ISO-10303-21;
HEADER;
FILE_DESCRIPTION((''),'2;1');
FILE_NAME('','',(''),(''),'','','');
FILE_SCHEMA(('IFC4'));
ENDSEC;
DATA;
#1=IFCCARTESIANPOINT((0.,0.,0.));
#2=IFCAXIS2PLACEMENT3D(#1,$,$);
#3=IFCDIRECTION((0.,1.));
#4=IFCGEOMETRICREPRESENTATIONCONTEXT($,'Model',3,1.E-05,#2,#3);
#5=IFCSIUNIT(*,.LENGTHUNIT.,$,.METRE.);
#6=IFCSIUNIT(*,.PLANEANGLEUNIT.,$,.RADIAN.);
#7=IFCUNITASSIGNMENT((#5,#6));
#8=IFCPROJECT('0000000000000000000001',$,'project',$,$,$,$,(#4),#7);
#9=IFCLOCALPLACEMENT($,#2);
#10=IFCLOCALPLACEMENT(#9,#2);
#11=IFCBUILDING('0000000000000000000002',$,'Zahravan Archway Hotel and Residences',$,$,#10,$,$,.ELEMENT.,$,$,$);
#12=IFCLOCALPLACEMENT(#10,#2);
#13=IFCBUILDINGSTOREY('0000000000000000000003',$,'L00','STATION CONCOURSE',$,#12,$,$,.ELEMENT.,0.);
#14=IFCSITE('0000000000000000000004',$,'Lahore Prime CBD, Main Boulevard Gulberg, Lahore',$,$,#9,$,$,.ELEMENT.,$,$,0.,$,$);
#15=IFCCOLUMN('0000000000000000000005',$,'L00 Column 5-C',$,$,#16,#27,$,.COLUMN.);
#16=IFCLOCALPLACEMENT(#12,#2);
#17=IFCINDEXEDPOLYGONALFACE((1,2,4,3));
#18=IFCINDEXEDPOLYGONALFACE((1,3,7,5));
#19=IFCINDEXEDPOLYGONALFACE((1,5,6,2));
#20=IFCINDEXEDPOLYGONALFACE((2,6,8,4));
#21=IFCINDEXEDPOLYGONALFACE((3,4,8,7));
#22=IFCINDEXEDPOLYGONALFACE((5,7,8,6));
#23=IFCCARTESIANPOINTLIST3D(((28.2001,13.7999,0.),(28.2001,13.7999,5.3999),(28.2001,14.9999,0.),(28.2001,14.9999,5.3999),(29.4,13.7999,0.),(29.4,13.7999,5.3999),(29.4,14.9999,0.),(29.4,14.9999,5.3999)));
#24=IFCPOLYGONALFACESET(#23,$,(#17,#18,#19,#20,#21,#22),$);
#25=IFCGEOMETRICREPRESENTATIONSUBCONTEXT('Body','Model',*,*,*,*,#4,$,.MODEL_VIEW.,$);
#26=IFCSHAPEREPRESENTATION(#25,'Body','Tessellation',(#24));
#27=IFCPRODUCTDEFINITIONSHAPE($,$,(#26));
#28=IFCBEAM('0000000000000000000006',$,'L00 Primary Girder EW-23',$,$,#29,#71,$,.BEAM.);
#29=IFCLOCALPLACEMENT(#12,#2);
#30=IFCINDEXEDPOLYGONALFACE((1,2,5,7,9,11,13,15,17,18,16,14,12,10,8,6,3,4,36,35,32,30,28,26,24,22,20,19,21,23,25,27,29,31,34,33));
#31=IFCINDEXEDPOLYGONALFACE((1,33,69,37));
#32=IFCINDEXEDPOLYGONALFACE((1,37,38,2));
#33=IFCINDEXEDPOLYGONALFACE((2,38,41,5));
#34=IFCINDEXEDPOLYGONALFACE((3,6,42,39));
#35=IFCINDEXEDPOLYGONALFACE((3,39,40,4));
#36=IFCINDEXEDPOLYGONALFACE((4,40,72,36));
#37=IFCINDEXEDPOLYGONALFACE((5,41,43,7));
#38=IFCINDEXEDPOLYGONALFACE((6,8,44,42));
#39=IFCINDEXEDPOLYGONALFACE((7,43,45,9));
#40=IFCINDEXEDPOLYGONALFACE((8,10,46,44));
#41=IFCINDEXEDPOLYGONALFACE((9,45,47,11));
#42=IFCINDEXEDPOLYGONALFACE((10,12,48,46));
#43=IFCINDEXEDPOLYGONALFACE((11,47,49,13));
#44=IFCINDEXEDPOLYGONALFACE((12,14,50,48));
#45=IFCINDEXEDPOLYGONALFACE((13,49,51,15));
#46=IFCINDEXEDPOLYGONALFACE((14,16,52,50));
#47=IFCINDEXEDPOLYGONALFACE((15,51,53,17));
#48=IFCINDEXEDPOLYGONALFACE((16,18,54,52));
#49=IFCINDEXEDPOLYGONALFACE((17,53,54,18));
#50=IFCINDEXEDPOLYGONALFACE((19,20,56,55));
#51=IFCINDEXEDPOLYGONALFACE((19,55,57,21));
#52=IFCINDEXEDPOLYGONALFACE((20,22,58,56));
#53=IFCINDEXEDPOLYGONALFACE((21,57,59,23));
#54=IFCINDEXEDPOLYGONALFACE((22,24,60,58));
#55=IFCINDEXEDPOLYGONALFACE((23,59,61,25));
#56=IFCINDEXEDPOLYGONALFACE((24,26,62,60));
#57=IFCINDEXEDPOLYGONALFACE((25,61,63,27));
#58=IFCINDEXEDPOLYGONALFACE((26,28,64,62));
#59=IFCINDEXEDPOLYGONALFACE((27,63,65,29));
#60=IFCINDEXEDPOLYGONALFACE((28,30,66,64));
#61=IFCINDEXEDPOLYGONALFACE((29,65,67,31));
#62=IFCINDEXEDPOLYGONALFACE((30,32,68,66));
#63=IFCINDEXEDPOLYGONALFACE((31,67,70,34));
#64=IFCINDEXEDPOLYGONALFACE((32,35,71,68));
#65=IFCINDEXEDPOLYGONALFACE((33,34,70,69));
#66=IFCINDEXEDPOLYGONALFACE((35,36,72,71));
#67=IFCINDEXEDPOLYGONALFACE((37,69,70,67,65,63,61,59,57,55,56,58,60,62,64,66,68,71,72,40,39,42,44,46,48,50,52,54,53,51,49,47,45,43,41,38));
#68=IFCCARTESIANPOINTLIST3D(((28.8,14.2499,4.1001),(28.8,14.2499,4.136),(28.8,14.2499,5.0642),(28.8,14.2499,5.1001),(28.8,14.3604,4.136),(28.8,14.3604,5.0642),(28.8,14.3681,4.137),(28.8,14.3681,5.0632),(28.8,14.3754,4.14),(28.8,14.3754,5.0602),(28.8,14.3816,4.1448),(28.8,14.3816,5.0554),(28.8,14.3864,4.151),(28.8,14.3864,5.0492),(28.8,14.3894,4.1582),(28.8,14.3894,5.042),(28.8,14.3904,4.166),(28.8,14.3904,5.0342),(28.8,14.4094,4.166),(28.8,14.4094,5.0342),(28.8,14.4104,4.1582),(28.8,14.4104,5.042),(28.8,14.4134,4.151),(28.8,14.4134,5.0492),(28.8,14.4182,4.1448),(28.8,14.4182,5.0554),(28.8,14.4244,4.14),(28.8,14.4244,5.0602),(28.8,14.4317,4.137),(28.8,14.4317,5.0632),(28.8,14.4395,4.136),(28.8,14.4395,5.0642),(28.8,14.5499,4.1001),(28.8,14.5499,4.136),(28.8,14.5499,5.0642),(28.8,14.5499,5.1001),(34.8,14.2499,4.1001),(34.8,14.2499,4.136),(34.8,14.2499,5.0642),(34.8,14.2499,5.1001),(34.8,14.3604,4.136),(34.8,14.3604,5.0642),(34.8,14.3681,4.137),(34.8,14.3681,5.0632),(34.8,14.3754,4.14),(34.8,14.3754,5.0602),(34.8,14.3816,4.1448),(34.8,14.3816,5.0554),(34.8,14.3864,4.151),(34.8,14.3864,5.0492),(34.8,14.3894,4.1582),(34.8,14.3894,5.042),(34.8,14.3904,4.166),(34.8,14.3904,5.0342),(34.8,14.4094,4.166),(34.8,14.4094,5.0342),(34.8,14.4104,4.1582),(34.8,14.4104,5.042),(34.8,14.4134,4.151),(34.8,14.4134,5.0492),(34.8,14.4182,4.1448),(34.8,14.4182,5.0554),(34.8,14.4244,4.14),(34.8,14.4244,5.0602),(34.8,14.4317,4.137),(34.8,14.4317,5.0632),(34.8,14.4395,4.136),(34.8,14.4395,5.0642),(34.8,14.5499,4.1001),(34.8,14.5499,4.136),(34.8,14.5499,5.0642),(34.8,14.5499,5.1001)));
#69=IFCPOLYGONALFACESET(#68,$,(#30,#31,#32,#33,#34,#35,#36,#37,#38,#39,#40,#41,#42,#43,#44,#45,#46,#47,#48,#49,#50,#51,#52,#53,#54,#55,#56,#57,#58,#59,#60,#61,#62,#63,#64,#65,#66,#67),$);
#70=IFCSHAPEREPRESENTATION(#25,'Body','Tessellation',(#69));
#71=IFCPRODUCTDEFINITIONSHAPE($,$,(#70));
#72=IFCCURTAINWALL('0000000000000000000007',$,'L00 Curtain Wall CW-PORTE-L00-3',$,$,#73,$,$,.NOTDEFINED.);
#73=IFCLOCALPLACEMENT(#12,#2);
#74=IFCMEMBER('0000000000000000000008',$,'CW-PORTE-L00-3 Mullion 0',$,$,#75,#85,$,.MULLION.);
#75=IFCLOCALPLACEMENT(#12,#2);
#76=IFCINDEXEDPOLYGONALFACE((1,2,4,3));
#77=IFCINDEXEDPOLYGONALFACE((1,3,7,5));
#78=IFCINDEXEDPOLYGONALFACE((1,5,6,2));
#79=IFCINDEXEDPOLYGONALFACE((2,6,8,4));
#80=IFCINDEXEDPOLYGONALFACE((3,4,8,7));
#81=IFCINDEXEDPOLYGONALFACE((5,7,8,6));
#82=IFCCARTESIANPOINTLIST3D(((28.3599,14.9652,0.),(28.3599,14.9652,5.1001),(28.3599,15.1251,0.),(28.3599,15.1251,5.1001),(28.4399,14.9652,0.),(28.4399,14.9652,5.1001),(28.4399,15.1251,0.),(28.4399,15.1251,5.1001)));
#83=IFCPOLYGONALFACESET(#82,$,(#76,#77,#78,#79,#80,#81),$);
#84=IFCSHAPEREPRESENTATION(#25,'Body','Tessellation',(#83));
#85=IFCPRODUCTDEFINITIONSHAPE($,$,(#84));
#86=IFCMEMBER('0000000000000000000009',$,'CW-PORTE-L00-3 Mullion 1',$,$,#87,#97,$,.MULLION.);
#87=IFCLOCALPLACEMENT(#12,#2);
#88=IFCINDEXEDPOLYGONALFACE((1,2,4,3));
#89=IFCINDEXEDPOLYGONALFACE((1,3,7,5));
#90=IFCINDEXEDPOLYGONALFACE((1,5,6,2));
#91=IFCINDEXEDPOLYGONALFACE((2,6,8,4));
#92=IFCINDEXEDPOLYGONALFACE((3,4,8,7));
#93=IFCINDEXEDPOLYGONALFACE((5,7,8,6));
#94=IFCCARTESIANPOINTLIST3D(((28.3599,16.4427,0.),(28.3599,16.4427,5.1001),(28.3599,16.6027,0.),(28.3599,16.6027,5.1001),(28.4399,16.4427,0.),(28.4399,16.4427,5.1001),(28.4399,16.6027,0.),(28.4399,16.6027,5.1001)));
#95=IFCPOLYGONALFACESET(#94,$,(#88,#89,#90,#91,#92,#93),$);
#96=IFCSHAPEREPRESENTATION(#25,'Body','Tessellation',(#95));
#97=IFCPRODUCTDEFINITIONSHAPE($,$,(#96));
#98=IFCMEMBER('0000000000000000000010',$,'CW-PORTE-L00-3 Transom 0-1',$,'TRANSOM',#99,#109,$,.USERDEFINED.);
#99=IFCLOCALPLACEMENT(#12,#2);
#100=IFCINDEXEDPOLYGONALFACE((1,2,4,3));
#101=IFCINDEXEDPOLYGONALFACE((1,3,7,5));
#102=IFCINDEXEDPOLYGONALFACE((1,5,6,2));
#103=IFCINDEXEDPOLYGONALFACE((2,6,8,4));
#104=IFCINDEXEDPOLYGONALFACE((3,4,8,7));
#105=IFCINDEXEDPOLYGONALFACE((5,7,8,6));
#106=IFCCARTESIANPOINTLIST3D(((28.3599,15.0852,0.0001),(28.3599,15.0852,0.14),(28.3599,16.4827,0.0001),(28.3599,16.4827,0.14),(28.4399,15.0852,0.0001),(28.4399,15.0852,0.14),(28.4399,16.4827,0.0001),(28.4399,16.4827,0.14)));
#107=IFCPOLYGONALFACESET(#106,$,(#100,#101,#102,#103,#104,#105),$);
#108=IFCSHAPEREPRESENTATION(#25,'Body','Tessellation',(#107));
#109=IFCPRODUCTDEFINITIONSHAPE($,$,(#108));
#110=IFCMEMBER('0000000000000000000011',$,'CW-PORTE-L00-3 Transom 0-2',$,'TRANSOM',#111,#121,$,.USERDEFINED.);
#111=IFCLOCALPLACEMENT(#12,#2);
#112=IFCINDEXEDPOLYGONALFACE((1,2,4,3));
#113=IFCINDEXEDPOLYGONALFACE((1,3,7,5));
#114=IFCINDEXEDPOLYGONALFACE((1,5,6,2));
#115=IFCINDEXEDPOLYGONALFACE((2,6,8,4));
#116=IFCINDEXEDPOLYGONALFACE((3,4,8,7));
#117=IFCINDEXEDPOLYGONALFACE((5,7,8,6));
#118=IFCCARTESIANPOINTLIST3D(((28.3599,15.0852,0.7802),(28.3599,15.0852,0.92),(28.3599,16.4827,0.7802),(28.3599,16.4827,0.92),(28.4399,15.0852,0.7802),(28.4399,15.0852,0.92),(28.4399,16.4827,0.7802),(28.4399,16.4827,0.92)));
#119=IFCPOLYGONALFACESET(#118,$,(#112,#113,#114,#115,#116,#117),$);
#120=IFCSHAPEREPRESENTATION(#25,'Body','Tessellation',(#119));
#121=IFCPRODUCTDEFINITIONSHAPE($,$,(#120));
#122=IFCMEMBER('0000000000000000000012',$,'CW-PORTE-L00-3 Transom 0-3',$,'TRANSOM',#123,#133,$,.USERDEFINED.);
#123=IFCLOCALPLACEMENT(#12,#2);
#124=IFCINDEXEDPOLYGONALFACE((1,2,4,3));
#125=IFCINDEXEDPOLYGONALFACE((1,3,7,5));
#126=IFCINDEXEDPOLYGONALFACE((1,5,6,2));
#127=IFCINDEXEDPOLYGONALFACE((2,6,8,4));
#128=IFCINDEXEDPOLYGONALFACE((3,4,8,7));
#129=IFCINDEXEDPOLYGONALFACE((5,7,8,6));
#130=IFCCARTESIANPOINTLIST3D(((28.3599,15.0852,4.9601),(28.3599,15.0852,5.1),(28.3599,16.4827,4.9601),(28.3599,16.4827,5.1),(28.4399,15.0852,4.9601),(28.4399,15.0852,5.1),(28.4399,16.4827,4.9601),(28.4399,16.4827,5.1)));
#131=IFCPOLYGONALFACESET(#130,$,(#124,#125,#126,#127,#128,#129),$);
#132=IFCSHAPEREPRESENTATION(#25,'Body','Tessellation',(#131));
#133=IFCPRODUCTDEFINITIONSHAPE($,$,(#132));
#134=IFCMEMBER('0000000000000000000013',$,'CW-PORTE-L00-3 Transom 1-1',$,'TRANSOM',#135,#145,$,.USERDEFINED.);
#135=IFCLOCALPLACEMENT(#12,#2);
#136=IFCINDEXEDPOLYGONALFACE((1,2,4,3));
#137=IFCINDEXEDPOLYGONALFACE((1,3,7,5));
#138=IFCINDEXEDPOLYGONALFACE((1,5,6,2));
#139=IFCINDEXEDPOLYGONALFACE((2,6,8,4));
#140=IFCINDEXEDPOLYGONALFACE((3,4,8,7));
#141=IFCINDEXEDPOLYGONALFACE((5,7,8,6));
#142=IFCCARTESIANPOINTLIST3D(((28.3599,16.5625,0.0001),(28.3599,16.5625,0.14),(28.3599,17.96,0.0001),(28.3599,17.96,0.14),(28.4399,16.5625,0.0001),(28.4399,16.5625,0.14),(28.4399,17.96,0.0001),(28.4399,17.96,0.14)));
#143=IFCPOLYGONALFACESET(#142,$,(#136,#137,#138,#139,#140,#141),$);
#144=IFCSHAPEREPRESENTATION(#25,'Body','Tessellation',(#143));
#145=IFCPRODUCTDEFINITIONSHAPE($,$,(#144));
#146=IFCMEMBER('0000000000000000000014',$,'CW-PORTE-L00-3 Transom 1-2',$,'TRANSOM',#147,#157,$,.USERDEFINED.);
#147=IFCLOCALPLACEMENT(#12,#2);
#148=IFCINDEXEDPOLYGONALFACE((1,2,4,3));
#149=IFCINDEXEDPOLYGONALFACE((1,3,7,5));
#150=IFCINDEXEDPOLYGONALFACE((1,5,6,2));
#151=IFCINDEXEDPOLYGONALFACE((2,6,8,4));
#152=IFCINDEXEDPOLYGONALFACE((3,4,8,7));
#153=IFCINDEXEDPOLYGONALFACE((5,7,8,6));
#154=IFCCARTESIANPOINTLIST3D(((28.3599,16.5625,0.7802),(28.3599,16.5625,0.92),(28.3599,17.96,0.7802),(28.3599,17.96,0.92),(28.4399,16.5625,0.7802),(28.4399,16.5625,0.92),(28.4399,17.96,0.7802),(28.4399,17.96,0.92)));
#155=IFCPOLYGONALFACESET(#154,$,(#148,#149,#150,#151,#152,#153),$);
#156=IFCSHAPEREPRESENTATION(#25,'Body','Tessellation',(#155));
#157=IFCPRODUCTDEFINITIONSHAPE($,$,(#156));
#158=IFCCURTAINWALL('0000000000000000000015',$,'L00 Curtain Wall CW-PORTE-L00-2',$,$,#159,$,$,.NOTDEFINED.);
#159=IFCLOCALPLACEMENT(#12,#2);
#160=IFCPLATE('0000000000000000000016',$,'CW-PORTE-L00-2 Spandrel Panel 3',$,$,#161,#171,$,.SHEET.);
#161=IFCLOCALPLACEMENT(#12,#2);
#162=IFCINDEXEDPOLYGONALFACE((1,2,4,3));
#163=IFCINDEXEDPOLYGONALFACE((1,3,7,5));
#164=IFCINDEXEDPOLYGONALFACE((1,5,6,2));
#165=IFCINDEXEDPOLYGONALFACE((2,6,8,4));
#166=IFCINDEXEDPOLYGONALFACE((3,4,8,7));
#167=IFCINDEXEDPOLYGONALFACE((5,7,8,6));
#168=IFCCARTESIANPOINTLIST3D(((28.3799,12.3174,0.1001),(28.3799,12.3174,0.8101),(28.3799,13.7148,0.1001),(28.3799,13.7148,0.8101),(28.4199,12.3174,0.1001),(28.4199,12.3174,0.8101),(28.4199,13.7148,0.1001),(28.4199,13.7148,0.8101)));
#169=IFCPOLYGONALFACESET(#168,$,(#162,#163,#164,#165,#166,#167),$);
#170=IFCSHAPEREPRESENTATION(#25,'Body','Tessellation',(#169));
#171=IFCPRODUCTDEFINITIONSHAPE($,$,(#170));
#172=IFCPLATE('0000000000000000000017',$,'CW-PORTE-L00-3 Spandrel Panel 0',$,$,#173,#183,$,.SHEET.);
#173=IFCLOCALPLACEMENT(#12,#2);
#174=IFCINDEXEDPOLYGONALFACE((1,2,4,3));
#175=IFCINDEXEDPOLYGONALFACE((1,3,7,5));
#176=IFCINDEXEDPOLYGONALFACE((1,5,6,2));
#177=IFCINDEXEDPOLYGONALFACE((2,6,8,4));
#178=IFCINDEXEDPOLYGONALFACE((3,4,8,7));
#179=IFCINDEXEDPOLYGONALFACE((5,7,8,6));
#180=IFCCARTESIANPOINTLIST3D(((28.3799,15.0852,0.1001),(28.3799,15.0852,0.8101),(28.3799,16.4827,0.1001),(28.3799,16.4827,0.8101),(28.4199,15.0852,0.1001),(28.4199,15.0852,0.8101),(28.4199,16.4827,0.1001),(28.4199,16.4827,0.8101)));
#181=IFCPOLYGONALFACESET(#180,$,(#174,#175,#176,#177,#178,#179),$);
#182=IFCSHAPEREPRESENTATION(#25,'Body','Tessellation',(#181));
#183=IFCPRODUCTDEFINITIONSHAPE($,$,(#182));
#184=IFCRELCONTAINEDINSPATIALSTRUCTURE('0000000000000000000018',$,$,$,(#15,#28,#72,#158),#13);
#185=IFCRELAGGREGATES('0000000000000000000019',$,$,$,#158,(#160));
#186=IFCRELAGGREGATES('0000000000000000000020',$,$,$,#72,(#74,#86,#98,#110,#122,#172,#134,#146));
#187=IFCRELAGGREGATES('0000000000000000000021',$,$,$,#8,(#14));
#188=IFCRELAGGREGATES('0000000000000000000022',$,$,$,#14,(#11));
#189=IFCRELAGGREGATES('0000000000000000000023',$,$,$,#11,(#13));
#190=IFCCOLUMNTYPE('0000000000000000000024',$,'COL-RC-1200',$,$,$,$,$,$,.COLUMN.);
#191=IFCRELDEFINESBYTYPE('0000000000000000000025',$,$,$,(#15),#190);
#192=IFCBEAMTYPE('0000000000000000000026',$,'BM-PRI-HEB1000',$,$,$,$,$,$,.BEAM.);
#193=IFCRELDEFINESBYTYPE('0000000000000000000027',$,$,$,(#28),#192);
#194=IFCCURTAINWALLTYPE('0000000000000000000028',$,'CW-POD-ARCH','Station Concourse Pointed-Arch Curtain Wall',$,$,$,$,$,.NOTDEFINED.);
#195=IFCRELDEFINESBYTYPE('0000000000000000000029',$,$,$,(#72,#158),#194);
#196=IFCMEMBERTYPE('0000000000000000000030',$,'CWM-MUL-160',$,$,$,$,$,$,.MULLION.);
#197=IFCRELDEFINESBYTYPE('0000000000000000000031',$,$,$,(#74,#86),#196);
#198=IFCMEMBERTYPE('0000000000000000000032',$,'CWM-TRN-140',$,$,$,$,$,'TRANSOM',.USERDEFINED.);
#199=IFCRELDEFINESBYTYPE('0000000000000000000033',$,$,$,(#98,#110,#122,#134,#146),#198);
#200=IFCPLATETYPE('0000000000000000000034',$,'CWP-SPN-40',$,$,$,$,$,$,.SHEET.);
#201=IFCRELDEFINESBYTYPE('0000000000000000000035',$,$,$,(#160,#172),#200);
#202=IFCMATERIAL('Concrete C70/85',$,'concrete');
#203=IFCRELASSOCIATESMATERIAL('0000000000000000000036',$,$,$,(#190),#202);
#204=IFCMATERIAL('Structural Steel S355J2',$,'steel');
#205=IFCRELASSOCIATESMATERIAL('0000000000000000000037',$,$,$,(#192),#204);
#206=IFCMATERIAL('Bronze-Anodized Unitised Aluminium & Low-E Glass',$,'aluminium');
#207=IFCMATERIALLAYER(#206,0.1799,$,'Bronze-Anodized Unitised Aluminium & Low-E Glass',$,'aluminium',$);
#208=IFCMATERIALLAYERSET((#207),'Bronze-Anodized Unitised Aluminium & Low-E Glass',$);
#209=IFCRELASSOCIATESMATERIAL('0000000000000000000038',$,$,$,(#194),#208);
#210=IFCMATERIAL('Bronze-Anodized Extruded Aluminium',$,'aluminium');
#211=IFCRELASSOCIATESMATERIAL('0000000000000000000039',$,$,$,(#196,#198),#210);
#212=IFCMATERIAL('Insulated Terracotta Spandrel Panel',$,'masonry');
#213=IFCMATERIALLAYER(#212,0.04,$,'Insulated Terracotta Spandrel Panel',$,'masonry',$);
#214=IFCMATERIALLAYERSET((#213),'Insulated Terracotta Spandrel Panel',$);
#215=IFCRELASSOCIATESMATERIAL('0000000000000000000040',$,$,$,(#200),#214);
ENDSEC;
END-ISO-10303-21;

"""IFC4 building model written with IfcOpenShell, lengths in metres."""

from ifc_helpers import new_model, si_unit, direction, frame, origin, origin_2d, place, context, subcontext, project, spatial, rectangle, i_section, extrude, source, transform, mapped, material, layer, layer_set, material_profile, profile_set, type_object, element, aggregate, save


model = new_model("IFC4")

# Units and contexts
model_context = context("Model", 3, precision=1e-05, world=origin(), true_north=direction((0.0, 1.0)))
body_context = subcontext(model_context, "Body", "Model", "MODEL_VIEW")
ifc_project = project(units=[si_unit("LENGTHUNIT", "METRE"), si_unit("PLANEANGLEUNIT", "RADIAN")], contexts=[model_context])

# Site, building, storey
site_placement = place(None, origin())
site = spatial("IfcSite", under=ifc_project, at=site_placement, Name="Lahore Prime CBD, Main Boulevard Gulberg, Lahore", CompositionType="ELEMENT", RefElevation=0.0)
building_placement = place(site_placement, origin())
building = spatial("IfcBuilding", under=site, at=building_placement, Name="Zahravan Archway Hotel and Residences", CompositionType="ELEMENT")
storey_placement = place(building_placement, origin())
storey = spatial("IfcBuildingStorey", under=building, at=storey_placement, Name="L00", Description="STATION CONCOURSE", CompositionType="ELEMENT", Elevation=0.0)

# Column
ifc_material_1 = material(Name="Concrete C70/85", Category="concrete")
ifc_material_profile_1 = material_profile(ifc_material_1, rectangle(XDim=1.2, YDim=1.2, at=origin_2d()), Name="RC-COL-1200x1200", Category="concrete")
ifc_profile_set_1 = profile_set([ifc_material_profile_1], Name="Concrete C70/85")
column_type = type_object("IfcColumnType", Name="COL-RC-1200", PredefinedType="COLUMN", material=ifc_profile_set_1)
shared_shape_1 = source(origin(), body_context, "Body", "SweptSolid", [
    extrude(rectangle(XDim=1.2, YDim=1.2, at=origin_2d()), origin(), (0.0, 0.0, 1.0), 5.3999),
])
column_placement = place(storey_placement, frame((28.8, 14.3999, 0.0), z_axis=(0.0, 0.0, 1.0), x_axis=(1.0, 0.0, 0.0)))
element("IfcColumn", 1, at=column_placement, inside=storey, type_object=column_type, Name="L00 Column 5-C", PredefinedType="COLUMN", context=body_context, shape_type="MappedRepresentation", body=[
    mapped(shared_shape_1, transform((0.0, 0.0, 0.0), scale=1.0)),
])

# Beam
ifc_material_2 = material(Name="Structural Steel S355J2", Category="steel")
ifc_material_profile_2 = material_profile(ifc_material_2, i_section(OverallWidth=0.3, OverallDepth=1.0, WebThickness=0.019, FlangeThickness=0.0359, FilletRadius=0.03, at=origin_2d()), Name="HEB 1000", Category="steel")
ifc_profile_set_2 = profile_set([ifc_material_profile_2], Name="Structural Steel S355J2")
beam_type = type_object("IfcBeamType", Name="BM-PRI-HEB1000", PredefinedType="BEAM", material=ifc_profile_set_2)
shared_shape_2 = source(origin(), body_context, "Body", "SweptSolid", [
    extrude(i_section(OverallWidth=0.3, OverallDepth=1.0, WebThickness=0.019, FlangeThickness=0.0359, FilletRadius=0.03, at=origin_2d()), origin(), (0.0, 0.0, 1.0), 6.0),
])
beam_placement = place(storey_placement, frame((28.8, 14.3999, 4.6001), z_axis=(1.0, 0.0, 0.0), x_axis=(0.0, 1.0, 0.0)))
element("IfcBeam", 2, at=beam_placement, inside=storey, type_object=beam_type, Name="L00 Primary Girder EW-23", PredefinedType="BEAM", context=body_context, shape_type="MappedRepresentation", body=[
    mapped(shared_shape_2, transform((0.0, 0.0, 0.0), scale=1.0)),
])

# Curtain wall, members
ifc_material_3 = material(Name="Bronze-Anodized Unitised Aluminium & Low-E Glass", Category="aluminium")
ifc_layer_1 = layer(ifc_material_3, 0.1799, Name="Bronze-Anodized Unitised Aluminium & Low-E Glass", Category="aluminium")
ifc_layer_set_1 = layer_set([ifc_layer_1], Name="Bronze-Anodized Unitised Aluminium & Low-E Glass")
curtain_wall_type = type_object("IfcCurtainWallType", Name="CW-POD-ARCH", Description="Station Concourse Pointed-Arch Curtain Wall", PredefinedType="NOTDEFINED", material=ifc_layer_set_1)
curtain_wall_1_placement = place(storey_placement, origin())
curtain_wall_1 = element("IfcCurtainWall", 3, at=curtain_wall_1_placement, inside=storey, type_object=curtain_wall_type, Name="L00 Curtain Wall CW-PORTE-L00-3", PredefinedType="NOTDEFINED")
ifc_material_4 = material(Name="Bronze-Anodized Extruded Aluminium", Category="aluminium")
ifc_material_profile_3 = material_profile(ifc_material_4, rectangle(XDim=0.0801, YDim=0.1599, at=origin_2d()), Name="MUL 80x160", Category="aluminium")
ifc_profile_set_3 = profile_set([ifc_material_profile_3], Name="Bronze-Anodized Extruded Aluminium")
member_type_1 = type_object("IfcMemberType", Name="CWM-MUL-160", PredefinedType="MULLION", material=ifc_profile_set_3)
shared_shape_3 = source(origin(), body_context, "Body", "SweptSolid", [
    extrude(rectangle(XDim=0.0801, YDim=0.1599, at=origin_2d()), origin(), (0.0, 0.0, 1.0), 5.1001),
])
member_1_placement = place(storey_placement, frame((28.3999, 15.0452, 0.0), z_axis=(0.0, 0.0, 1.0), x_axis=(1.0, 0.0, 0.0)))
member_1 = element("IfcMember", 4, at=member_1_placement, type_object=member_type_1, Name="CW-PORTE-L00-3 Mullion 0", PredefinedType="MULLION", context=body_context, shape_type="MappedRepresentation", body=[
    mapped(shared_shape_3, transform((0.0, 0.0, 0.0), scale=1.0)),
])
member_2_placement = place(storey_placement, frame((28.3999, 16.5227, 0.0), z_axis=(0.0, 0.0, 1.0), x_axis=(1.0, 0.0, 0.0)))
member_2 = element("IfcMember", 5, at=member_2_placement, type_object=member_type_1, Name="CW-PORTE-L00-3 Mullion 1", PredefinedType="MULLION", context=body_context, shape_type="MappedRepresentation", body=[
    mapped(shared_shape_3, transform((0.0, 0.0, 0.0), scale=1.0)),
])
ifc_material_profile_4 = material_profile(ifc_material_4, rectangle(XDim=0.0801, YDim=0.1399, at=origin_2d()), Name="TRN 80x140", Category="aluminium")
ifc_profile_set_4 = profile_set([ifc_material_profile_4], Name="Bronze-Anodized Extruded Aluminium")
member_type_2 = type_object("IfcMemberType", Name="CWM-TRN-140", ElementType="TRANSOM", PredefinedType="USERDEFINED", material=ifc_profile_set_4)
shared_shape_4 = source(origin(), body_context, "Body", "SweptSolid", [
    extrude(rectangle(XDim=0.0801, YDim=0.1399, at=origin_2d()), origin(), (0.0, 0.0, 1.0), 1.3975),
])
member_3_placement = place(storey_placement, frame((28.3999, 15.0852, 0.0701), z_axis=(0.0, 1.0, 0.0), x_axis=(-1.0, 0.0, 0.0)))
member_3 = element("IfcMember", 6, at=member_3_placement, type_object=member_type_2, Name="CW-PORTE-L00-3 Transom 0-1", ObjectType="TRANSOM", PredefinedType="USERDEFINED", context=body_context, shape_type="MappedRepresentation", body=[
    mapped(shared_shape_4, transform((0.0, 0.0, 0.0), scale=1.0)),
])
member_4_placement = place(storey_placement, frame((28.3999, 15.0852, 0.8501), z_axis=(0.0, 1.0, 0.0), x_axis=(-1.0, 0.0, 0.0)))
member_4 = element("IfcMember", 7, at=member_4_placement, type_object=member_type_2, Name="CW-PORTE-L00-3 Transom 0-2", ObjectType="TRANSOM", PredefinedType="USERDEFINED", context=body_context, shape_type="MappedRepresentation", body=[
    mapped(shared_shape_4, transform((0.0, 0.0, 0.0), scale=1.0)),
])
member_5_placement = place(storey_placement, frame((28.3999, 15.0852, 5.03), z_axis=(0.0, 1.0, 0.0), x_axis=(-1.0, 0.0, 0.0)))
member_5 = element("IfcMember", 8, at=member_5_placement, type_object=member_type_2, Name="CW-PORTE-L00-3 Transom 0-3", ObjectType="TRANSOM", PredefinedType="USERDEFINED", context=body_context, shape_type="MappedRepresentation", body=[
    mapped(shared_shape_4, transform((0.0, 0.0, 0.0), scale=1.0)),
])
member_6_placement = place(storey_placement, frame((28.3999, 16.5625, 0.0701), z_axis=(0.0, 1.0, 0.0), x_axis=(-1.0, 0.0, 0.0)))
member_6 = element("IfcMember", 9, at=member_6_placement, type_object=member_type_2, Name="CW-PORTE-L00-3 Transom 1-1", ObjectType="TRANSOM", PredefinedType="USERDEFINED", context=body_context, shape_type="MappedRepresentation", body=[
    mapped(shared_shape_4, transform((0.0, 0.0, 0.0), scale=1.0)),
])
member_7_placement = place(storey_placement, frame((28.3999, 16.5625, 0.8501), z_axis=(0.0, 1.0, 0.0), x_axis=(-1.0, 0.0, 0.0)))
member_7 = element("IfcMember", 10, at=member_7_placement, type_object=member_type_2, Name="CW-PORTE-L00-3 Transom 1-2", ObjectType="TRANSOM", PredefinedType="USERDEFINED", context=body_context, shape_type="MappedRepresentation", body=[
    mapped(shared_shape_4, transform((0.0, 0.0, 0.0), scale=1.0)),
])

# Curtain wall, plate
curtain_wall_2_placement = place(storey_placement, origin())
curtain_wall_2 = element("IfcCurtainWall", 11, at=curtain_wall_2_placement, inside=storey, type_object=curtain_wall_type, Name="L00 Curtain Wall CW-PORTE-L00-2", PredefinedType="NOTDEFINED")
ifc_material_5 = material(Name="Insulated Terracotta Spandrel Panel", Category="masonry")
ifc_layer_2 = layer(ifc_material_5, 0.04, Name="Insulated Terracotta Spandrel Panel", Category="masonry")
ifc_layer_set_2 = layer_set([ifc_layer_2], Name="Insulated Terracotta Spandrel Panel")
plate_type_1 = type_object("IfcPlateType", Name="CWP-SPN-40", PredefinedType="SHEET", material=ifc_layer_set_2)
shared_shape_5 = source(origin(), body_context, "Body", "SweptSolid", [
    extrude(rectangle(XDim=1.3975, YDim=0.04, at=origin_2d()), origin(), (0.0, 0.0, 1.0), 0.71),
])
plate_1_placement = place(storey_placement, frame((28.3999, 13.0161, 0.1001), z_axis=(0.0, 0.0, 1.0), x_axis=(0.0, 1.0, 0.0)))
plate_1 = element("IfcPlate", 12, at=plate_1_placement, type_object=plate_type_1, Name="CW-PORTE-L00-2 Spandrel Panel 3", PredefinedType="SHEET", context=body_context, shape_type="MappedRepresentation", body=[
    mapped(shared_shape_5, transform((0.0, 0.0, 0.0), scale=1.0)),
])

# Plate
plate_2_placement = place(storey_placement, frame((28.3999, 15.7839, 0.1001), z_axis=(0.0, 0.0, 1.0), x_axis=(0.0, 1.0, 0.0)))
plate_2 = element("IfcPlate", 13, at=plate_2_placement, type_object=plate_type_1, Name="CW-PORTE-L00-3 Spandrel Panel 0", PredefinedType="SHEET", context=body_context, shape_type="MappedRepresentation", body=[
    mapped(shared_shape_5, transform((0.0, 0.0, 0.0), scale=1.0)),
])
aggregate(curtain_wall_2, [plate_1])
aggregate(curtain_wall_1, [member_1, member_2, member_3, member_4, member_5, plate_2, member_6, member_7])

save(model, "model.ifc")
